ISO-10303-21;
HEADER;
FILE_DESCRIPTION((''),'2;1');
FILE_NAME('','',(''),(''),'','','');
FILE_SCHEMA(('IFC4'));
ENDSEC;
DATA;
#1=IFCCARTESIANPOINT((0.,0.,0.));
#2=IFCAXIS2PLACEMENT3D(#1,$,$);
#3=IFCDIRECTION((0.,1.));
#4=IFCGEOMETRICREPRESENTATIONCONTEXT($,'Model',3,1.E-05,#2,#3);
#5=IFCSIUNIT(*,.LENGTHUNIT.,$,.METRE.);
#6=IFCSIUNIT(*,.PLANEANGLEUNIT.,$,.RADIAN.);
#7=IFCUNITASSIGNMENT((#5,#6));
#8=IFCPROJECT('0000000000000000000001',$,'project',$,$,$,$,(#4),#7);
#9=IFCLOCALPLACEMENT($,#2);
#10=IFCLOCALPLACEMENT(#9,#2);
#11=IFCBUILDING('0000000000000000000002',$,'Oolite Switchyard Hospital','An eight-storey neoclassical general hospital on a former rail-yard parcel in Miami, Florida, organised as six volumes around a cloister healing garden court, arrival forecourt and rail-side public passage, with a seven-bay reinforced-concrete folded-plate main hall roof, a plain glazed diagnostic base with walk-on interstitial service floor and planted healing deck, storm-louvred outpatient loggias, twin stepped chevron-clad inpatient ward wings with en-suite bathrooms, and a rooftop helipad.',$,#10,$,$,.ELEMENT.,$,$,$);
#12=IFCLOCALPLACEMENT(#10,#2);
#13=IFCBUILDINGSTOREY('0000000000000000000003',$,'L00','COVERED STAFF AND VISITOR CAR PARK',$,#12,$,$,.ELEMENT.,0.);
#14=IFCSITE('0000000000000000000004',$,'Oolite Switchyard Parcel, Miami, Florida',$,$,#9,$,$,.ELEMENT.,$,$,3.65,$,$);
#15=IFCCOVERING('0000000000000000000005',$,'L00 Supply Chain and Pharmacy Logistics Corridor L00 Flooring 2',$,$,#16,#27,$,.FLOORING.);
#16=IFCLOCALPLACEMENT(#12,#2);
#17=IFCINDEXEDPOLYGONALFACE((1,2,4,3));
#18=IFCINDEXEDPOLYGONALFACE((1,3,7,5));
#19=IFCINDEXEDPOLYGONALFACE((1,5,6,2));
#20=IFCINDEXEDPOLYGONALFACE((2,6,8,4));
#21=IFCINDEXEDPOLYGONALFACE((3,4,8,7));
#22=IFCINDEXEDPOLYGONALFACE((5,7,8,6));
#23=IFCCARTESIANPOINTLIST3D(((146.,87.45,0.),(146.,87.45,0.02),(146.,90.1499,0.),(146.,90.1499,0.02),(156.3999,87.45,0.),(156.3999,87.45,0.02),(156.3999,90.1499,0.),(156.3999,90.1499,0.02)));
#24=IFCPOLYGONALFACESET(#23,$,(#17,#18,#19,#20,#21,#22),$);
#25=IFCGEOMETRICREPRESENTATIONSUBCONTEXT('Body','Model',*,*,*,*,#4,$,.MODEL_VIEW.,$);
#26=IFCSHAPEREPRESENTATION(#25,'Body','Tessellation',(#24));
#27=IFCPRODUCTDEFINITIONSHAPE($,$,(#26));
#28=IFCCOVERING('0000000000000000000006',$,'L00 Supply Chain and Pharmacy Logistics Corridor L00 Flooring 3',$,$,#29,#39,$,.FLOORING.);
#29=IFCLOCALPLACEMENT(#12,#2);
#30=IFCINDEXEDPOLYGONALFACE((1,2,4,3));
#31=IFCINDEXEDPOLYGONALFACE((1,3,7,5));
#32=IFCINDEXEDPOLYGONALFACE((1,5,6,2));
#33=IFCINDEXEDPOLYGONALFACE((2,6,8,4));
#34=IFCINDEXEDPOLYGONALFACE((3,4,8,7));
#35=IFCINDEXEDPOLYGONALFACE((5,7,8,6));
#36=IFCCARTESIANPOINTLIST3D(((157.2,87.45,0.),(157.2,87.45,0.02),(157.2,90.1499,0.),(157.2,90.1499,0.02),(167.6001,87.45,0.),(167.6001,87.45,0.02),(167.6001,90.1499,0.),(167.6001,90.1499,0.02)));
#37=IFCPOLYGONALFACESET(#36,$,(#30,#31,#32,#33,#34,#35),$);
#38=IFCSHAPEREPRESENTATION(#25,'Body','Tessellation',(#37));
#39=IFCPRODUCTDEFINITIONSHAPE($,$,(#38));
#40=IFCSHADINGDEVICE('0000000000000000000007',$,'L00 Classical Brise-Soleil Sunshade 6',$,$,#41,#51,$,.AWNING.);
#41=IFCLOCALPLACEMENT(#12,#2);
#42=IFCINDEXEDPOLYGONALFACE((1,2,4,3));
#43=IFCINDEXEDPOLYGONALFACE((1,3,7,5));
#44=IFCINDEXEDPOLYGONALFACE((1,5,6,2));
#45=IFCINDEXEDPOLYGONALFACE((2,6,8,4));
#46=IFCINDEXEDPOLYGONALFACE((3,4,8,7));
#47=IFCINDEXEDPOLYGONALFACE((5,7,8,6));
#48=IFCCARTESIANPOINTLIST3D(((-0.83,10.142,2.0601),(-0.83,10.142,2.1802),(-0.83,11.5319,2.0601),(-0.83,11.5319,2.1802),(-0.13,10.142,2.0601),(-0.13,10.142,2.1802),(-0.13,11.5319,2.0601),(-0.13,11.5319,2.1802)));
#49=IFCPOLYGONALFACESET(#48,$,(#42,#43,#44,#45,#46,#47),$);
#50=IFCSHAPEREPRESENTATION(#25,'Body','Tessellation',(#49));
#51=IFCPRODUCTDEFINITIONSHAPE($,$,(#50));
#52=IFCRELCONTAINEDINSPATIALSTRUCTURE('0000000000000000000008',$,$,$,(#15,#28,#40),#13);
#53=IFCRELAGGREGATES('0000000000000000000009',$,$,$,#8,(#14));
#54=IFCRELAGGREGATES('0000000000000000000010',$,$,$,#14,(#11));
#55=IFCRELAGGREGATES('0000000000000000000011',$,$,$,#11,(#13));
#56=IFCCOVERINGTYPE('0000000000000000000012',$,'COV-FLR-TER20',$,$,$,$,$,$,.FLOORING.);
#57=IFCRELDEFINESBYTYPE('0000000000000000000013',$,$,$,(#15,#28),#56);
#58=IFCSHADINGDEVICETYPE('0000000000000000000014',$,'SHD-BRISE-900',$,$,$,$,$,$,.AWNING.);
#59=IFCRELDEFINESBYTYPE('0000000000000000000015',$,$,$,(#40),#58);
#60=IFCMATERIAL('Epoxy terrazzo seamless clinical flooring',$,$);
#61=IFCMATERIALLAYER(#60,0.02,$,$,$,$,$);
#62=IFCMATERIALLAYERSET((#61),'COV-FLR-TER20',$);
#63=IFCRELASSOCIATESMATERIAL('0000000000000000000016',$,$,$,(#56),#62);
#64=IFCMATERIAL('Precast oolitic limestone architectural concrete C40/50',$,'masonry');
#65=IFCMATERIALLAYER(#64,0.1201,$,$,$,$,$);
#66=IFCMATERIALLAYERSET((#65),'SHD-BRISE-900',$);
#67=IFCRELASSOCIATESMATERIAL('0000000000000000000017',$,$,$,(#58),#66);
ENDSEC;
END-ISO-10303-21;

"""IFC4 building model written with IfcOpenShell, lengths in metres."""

from ifc_helpers import new_model, si_unit, direction, frame, origin, origin_2d, place, context, subcontext, project, spatial, polyline, rectangle, outline, extrude, material, layer, layer_set, type_object, element, save


model = new_model("IFC4")

# Units and contexts
model_context = context("Model", 3, precision=1e-05, world=origin(), true_north=direction((0.0, 1.0)))
body_context = subcontext(model_context, "Body", "Model", "MODEL_VIEW")
ifc_project = project(units=[si_unit("LENGTHUNIT", "METRE"), si_unit("PLANEANGLEUNIT", "RADIAN")], contexts=[model_context])

# Site, building, storey
site_placement = place(None, origin())
site = spatial("IfcSite", under=ifc_project, at=site_placement, Name="Oolite Switchyard Parcel, Miami, Florida", CompositionType="ELEMENT", RefElevation=3.65)
building_placement = place(site_placement, origin())
building = spatial("IfcBuilding", under=site, at=building_placement, Name="Oolite Switchyard Hospital", Description="An eight-storey neoclassical general hospital on a former rail-yard parcel in Miami, Florida, organised as six volumes around a cloister healing garden court, arrival forecourt and rail-side public passage, with a seven-bay reinforced-concrete folded-plate main hall roof, a plain glazed diagnostic base with walk-on interstitial service floor and planted healing deck, storm-louvred outpatient loggias, twin stepped chevron-clad inpatient ward wings with en-suite bathrooms, and a rooftop helipad.", CompositionType="ELEMENT")
storey_placement = place(building_placement, origin())
storey = spatial("IfcBuildingStorey", under=building, at=storey_placement, Name="L00", Description="COVERED STAFF AND VISITOR CAR PARK", CompositionType="ELEMENT", Elevation=0.0)

# Shared definitions
ifc_material_1 = material(Name="Precast oolitic limestone architectural concrete C40/50", Category="masonry")

# Coverings
ifc_material_2 = material(Name="Epoxy terrazzo seamless clinical flooring")
ifc_layer_1 = layer(ifc_material_2, 0.02)
ifc_layer_set_1 = layer_set([ifc_layer_1], Name="COV-FLR-TER20")
covering_type_1 = type_object("IfcCoveringType", Name="COV-FLR-TER20", PredefinedType="FLOORING", material=ifc_layer_set_1)
covering_1_placement = place(storey_placement, origin())
element("IfcCovering", 1, at=covering_1_placement, inside=storey, type_object=covering_type_1, Name="L00 Supply Chain and Pharmacy Logistics Corridor L00 Flooring 2", PredefinedType="FLOORING", context=body_context, shape_type="SweptSolid", body=[
    extrude(outline(polyline([(146.0, 87.45), (156.3999, 87.45), (156.3999, 90.1499), (146.0, 90.1499), (146.0, 87.45)])), origin(), (0.0, 0.0, 1.0), 0.02),
])
covering_2_placement = place(storey_placement, origin())
element("IfcCovering", 2, at=covering_2_placement, inside=storey, type_object=covering_type_1, Name="L00 Supply Chain and Pharmacy Logistics Corridor L00 Flooring 3", PredefinedType="FLOORING", context=body_context, shape_type="SweptSolid", body=[
    extrude(outline(polyline([(157.2, 87.45), (167.6001, 87.45), (167.6001, 90.1499), (157.2, 90.1499), (157.2, 87.45)])), origin(), (0.0, 0.0, 1.0), 0.02),
])

# Shading device
ifc_layer_2 = layer(ifc_material_1, 0.1201)
ifc_layer_set_2 = layer_set([ifc_layer_2], Name="SHD-BRISE-900")
shading_device_type = type_object("IfcShadingDeviceType", Name="SHD-BRISE-900", PredefinedType="AWNING", material=ifc_layer_set_2)
shading_device_placement = place(storey_placement, frame((-0.48, 10.8369, 2.0601), z_axis=(0.0, 0.0, 1.0), x_axis=(0.0, 1.0, 0.0)))
element("IfcShadingDevice", 3, at=shading_device_placement, inside=storey, type_object=shading_device_type, Name="L00 Classical Brise-Soleil Sunshade 6", PredefinedType="AWNING", context=body_context, shape_type="SweptSolid", body=[
    extrude(rectangle(XDim=1.3899, YDim=0.7, at=origin_2d()), origin(), (0.0, 0.0, 1.0), 0.1201),
])

save(model, "model.ifc")
